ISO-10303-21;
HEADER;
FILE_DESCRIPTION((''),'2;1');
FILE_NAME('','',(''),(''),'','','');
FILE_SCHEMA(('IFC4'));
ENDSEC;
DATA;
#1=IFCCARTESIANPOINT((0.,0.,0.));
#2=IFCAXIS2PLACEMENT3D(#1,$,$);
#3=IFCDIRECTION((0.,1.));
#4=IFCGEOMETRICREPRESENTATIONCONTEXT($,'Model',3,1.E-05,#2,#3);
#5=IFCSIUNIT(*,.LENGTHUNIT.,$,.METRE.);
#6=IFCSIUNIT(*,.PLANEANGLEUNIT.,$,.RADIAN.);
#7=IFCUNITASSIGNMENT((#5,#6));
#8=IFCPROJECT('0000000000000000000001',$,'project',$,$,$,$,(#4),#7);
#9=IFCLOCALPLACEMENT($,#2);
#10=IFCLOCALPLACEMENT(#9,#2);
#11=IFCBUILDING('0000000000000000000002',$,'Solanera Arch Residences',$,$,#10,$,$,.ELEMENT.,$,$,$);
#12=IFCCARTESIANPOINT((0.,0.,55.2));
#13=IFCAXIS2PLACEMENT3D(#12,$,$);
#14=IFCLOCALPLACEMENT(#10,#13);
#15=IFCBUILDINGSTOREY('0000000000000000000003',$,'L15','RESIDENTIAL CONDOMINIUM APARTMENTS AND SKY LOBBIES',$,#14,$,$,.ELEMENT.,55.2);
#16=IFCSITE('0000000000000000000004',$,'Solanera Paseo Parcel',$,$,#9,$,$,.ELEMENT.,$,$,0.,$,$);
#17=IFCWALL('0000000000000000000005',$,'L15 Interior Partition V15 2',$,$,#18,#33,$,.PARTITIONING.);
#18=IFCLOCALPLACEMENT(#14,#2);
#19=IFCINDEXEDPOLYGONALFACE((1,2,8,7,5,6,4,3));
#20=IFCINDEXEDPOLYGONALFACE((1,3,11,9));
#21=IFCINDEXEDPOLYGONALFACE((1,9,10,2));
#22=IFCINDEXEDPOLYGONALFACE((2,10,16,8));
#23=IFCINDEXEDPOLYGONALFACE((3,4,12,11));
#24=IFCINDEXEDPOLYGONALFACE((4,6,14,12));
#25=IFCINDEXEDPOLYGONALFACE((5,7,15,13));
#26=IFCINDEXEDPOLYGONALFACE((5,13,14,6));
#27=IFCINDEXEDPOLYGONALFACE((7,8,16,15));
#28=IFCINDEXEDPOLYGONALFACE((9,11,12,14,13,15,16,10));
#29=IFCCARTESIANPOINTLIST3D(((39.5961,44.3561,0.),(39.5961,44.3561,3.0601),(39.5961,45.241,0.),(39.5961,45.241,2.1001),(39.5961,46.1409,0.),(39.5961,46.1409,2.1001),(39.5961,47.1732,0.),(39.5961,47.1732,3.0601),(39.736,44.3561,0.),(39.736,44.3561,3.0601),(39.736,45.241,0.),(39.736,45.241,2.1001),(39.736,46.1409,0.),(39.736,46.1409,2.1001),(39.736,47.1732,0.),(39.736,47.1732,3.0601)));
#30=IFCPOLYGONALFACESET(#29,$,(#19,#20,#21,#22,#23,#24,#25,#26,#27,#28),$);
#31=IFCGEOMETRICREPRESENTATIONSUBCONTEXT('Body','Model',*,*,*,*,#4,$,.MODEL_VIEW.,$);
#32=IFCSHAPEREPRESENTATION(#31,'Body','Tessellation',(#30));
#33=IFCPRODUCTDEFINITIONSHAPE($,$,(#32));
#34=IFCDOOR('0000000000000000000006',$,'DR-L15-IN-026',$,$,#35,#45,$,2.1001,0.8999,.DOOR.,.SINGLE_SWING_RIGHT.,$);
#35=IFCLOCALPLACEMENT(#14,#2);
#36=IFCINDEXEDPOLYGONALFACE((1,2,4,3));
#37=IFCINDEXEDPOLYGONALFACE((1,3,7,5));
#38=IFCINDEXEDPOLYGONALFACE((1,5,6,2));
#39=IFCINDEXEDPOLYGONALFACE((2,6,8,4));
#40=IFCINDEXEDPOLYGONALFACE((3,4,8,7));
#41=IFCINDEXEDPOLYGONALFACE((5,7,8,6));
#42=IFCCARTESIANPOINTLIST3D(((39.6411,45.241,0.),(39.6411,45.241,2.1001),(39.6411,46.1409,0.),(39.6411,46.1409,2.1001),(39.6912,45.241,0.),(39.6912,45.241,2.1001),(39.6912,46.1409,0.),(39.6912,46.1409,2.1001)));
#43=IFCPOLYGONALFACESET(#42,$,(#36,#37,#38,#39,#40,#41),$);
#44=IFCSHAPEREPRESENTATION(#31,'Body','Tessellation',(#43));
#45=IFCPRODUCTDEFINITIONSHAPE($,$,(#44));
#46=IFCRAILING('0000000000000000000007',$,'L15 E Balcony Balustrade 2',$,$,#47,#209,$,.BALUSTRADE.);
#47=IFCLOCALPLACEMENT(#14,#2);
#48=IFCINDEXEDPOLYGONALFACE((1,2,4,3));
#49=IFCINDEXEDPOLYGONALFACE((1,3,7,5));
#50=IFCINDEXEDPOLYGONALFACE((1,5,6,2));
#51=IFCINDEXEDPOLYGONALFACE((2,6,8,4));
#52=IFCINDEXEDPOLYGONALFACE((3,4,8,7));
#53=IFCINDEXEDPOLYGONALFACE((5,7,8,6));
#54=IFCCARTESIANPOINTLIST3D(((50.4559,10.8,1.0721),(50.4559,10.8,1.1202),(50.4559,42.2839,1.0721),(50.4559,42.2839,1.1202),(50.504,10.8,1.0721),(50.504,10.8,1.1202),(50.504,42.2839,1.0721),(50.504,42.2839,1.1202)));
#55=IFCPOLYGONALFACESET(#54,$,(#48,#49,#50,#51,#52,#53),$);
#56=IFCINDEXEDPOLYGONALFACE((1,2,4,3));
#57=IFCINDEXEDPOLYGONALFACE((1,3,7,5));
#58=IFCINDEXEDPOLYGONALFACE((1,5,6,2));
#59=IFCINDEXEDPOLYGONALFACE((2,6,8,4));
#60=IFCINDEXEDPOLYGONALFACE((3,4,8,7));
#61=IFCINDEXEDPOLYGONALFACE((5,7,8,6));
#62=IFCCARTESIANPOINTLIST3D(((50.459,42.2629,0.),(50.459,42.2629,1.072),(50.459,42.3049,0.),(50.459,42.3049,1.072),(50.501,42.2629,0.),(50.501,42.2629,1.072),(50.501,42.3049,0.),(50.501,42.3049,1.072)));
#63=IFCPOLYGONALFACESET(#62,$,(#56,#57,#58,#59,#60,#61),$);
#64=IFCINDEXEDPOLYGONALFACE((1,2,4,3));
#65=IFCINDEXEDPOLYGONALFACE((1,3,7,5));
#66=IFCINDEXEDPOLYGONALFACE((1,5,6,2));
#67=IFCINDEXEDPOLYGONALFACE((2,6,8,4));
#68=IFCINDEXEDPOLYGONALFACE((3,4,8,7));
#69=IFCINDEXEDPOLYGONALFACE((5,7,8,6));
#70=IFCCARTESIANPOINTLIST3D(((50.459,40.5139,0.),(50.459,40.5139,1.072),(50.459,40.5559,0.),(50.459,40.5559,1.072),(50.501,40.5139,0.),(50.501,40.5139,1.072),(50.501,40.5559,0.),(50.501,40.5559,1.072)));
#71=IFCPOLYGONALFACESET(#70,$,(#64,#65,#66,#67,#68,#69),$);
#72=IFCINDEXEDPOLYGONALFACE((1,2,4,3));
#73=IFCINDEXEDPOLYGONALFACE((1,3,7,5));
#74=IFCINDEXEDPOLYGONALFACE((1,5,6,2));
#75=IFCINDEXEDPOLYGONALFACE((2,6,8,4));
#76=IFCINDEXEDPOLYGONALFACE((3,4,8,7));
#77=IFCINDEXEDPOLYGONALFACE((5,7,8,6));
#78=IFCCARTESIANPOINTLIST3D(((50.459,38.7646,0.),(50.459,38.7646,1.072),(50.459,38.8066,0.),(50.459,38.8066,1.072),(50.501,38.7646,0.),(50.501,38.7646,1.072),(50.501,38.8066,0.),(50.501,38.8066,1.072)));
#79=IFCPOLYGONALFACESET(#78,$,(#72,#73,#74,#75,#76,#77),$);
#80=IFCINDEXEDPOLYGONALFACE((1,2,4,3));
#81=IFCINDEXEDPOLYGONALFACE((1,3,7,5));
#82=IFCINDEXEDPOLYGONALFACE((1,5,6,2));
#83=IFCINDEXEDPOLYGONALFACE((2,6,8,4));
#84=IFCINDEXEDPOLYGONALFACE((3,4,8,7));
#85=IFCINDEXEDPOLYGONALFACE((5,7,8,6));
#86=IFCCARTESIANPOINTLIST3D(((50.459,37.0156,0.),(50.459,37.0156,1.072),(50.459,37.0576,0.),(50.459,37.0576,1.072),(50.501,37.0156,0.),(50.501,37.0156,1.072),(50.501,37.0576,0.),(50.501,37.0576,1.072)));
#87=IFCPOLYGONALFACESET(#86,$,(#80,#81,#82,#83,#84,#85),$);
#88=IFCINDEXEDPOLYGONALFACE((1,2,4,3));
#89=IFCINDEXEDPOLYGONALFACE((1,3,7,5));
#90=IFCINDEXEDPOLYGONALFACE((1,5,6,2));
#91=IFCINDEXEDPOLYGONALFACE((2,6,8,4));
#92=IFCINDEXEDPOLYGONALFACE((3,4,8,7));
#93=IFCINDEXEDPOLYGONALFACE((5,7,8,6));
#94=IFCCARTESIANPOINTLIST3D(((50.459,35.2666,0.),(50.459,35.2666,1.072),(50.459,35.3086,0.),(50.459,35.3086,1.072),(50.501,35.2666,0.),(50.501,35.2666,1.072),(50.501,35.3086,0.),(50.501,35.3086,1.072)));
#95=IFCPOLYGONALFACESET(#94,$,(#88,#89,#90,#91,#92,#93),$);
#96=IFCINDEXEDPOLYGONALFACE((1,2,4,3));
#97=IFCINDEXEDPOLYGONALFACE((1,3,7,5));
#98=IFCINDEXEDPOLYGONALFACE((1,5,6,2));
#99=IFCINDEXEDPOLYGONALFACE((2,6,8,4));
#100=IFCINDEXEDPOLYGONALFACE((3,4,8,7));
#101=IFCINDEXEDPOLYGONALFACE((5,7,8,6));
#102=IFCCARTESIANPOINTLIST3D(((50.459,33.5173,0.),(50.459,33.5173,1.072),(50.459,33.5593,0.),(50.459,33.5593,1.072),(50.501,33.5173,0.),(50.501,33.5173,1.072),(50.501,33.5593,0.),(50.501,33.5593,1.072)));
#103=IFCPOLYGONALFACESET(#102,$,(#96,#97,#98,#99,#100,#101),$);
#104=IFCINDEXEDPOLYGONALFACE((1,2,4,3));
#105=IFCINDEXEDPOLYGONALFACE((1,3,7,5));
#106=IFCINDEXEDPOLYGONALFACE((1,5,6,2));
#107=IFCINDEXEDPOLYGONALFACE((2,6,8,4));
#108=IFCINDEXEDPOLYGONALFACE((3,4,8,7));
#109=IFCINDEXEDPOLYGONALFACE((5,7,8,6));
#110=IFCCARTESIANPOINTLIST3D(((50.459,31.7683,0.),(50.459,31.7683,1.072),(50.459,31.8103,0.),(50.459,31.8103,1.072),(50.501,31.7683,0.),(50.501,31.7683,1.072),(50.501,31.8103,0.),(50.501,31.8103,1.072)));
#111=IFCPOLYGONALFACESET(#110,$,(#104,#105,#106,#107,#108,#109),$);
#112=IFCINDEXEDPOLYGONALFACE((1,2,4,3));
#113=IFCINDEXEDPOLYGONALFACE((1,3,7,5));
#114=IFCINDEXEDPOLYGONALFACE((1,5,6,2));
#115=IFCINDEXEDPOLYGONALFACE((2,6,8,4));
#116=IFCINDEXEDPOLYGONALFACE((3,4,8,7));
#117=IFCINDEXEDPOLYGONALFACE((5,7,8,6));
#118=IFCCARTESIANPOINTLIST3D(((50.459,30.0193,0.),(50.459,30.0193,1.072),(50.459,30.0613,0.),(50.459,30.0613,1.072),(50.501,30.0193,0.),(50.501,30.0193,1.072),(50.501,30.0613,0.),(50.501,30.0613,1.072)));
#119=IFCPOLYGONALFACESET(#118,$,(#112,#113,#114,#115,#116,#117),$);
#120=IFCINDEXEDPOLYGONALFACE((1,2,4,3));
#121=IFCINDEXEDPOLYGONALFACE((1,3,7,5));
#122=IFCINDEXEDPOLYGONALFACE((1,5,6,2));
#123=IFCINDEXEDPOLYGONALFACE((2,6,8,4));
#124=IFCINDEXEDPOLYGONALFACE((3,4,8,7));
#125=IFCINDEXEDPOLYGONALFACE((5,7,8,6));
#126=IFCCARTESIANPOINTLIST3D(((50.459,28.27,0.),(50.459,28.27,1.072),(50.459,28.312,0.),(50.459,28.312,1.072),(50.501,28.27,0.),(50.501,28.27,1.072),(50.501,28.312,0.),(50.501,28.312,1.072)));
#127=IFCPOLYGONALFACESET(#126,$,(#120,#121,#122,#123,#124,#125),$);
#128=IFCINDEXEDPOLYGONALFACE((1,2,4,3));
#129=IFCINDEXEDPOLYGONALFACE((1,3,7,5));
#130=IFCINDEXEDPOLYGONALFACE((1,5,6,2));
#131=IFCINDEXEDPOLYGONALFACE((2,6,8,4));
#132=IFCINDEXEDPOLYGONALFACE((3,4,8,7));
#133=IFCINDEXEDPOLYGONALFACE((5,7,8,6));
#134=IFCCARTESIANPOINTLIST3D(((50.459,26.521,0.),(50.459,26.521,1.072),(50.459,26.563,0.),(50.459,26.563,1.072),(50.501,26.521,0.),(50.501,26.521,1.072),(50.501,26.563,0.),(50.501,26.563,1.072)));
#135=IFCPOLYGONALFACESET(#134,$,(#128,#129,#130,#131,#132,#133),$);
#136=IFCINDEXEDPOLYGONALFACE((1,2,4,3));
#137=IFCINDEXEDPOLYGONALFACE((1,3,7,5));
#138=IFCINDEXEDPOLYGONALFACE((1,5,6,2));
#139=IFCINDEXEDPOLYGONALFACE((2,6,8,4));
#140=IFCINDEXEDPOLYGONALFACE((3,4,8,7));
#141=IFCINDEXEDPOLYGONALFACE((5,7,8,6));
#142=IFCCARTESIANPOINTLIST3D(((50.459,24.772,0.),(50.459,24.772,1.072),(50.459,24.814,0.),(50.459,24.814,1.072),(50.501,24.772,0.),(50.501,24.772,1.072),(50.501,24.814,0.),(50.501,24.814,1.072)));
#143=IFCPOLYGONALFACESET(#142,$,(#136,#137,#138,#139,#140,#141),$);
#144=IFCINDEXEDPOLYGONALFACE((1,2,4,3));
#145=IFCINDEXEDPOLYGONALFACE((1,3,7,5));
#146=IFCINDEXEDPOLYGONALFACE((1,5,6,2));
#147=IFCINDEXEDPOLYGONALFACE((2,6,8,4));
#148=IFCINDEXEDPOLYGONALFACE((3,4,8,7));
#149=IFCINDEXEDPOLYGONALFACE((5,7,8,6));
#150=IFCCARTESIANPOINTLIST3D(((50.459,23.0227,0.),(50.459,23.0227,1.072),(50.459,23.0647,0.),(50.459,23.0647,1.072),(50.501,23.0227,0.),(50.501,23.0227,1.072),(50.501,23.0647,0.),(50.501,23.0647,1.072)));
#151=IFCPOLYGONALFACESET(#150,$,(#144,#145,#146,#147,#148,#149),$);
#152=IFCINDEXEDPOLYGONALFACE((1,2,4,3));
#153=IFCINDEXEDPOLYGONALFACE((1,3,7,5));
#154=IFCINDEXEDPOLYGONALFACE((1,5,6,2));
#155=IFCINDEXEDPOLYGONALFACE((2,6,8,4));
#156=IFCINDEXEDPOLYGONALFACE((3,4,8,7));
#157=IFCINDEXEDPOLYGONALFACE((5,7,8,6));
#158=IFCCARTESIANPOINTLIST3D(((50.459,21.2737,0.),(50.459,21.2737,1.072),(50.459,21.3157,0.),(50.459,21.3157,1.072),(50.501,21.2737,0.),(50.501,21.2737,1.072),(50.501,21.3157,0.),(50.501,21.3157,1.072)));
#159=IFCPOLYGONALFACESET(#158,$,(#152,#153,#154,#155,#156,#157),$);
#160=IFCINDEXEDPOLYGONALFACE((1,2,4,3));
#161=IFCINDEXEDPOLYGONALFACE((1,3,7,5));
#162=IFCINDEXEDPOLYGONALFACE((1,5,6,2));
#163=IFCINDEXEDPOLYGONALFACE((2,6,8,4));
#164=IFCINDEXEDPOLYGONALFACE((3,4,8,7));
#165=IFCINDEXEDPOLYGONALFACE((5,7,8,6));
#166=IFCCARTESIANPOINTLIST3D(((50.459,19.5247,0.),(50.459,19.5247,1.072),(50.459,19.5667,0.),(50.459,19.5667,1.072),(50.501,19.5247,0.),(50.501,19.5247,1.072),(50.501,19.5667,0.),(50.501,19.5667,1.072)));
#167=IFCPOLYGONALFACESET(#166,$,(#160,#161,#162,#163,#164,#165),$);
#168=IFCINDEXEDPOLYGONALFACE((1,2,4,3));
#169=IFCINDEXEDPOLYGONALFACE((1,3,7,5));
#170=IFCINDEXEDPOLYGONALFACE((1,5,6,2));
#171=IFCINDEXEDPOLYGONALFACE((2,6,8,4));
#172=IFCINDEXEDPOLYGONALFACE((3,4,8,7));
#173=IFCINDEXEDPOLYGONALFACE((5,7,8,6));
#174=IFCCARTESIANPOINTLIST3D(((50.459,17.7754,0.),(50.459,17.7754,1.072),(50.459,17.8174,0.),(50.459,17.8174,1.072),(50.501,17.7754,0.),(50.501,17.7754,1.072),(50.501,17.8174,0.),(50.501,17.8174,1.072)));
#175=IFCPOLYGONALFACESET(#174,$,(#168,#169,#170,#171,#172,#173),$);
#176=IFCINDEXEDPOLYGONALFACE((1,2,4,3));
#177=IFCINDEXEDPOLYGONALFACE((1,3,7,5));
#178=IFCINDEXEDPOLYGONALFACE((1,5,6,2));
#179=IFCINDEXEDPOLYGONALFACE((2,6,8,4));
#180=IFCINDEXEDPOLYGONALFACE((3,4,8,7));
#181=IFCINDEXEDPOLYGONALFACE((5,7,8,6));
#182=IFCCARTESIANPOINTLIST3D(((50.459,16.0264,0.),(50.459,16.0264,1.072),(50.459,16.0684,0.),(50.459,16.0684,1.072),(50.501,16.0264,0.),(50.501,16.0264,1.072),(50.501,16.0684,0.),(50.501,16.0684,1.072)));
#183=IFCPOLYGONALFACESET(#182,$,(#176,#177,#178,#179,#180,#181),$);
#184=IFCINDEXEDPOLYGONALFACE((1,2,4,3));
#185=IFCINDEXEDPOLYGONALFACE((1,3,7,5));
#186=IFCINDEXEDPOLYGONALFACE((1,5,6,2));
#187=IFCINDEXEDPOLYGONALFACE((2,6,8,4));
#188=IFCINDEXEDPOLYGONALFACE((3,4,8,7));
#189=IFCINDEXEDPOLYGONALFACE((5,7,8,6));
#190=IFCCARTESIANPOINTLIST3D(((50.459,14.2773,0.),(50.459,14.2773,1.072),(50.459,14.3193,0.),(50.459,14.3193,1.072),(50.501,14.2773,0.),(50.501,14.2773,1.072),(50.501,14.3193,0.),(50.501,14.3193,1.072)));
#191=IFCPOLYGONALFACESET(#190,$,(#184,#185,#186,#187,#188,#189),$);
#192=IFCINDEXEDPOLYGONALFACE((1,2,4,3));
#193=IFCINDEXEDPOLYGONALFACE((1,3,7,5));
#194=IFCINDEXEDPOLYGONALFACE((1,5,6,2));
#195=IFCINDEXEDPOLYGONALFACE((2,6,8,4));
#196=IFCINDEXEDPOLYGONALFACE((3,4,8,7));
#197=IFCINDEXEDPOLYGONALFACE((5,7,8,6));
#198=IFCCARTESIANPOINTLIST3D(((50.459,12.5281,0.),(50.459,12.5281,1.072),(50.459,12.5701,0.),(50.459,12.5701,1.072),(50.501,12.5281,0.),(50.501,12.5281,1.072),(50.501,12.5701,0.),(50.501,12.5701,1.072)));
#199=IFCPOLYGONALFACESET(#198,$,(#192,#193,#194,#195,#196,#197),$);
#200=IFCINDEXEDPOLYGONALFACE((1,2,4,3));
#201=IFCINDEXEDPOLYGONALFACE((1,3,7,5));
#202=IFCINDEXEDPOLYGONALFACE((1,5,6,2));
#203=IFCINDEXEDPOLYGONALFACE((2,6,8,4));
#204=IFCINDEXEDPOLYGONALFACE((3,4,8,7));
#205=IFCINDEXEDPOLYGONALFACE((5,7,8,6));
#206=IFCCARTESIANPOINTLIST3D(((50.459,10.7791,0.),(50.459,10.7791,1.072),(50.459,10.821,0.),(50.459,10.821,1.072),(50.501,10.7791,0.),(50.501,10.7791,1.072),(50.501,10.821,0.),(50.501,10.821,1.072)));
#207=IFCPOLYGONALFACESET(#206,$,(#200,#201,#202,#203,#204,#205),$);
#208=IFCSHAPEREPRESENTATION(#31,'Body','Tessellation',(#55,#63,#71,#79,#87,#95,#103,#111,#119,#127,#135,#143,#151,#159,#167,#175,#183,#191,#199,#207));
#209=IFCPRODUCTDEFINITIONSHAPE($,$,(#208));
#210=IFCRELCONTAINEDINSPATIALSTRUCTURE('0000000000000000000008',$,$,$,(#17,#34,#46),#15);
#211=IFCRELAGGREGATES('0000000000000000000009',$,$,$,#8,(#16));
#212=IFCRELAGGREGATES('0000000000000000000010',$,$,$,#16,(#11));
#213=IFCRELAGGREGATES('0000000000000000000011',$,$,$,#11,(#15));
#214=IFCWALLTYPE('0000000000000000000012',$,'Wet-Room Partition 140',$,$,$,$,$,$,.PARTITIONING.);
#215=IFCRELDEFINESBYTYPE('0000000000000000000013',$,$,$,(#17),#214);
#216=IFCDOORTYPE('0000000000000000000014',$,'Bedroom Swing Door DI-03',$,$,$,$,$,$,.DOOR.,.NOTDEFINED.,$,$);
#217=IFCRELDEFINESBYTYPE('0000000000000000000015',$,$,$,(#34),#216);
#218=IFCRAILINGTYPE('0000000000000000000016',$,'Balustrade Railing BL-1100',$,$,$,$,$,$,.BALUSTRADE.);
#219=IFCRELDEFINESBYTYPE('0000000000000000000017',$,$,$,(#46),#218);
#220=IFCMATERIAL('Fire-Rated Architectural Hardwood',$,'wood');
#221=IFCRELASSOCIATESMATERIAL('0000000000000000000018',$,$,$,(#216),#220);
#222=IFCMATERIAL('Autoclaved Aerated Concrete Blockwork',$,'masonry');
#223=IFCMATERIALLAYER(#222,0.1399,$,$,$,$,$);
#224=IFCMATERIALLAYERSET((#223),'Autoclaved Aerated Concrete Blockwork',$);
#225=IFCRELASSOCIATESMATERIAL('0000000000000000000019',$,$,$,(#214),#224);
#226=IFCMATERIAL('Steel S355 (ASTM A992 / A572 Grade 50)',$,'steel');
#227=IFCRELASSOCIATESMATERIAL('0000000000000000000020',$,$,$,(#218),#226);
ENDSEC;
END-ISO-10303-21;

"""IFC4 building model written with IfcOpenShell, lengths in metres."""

from ifc_helpers import new_model, si_unit, direction, frame, frame_2d, origin, origin_2d, place, context, subcontext, project, spatial, rectangle, extrude, material, layer, layer_set, type_object, element, fill, save


model = new_model("IFC4")

# Units and contexts
model_context = context("Model", 3, precision=1e-05, world=origin(), true_north=direction((0.0, 1.0)))
body_context = subcontext(model_context, "Body", "Model", "MODEL_VIEW")
ifc_project = project(units=[si_unit("LENGTHUNIT", "METRE"), si_unit("PLANEANGLEUNIT", "RADIAN")], contexts=[model_context])

# Site, building, storey
site_placement = place(None, origin())
site = spatial("IfcSite", under=ifc_project, at=site_placement, Name="Solanera Paseo Parcel", CompositionType="ELEMENT", RefElevation=0.0)
building_placement = place(site_placement, origin())
building = spatial("IfcBuilding", under=site, at=building_placement, Name="Solanera Arch Residences", CompositionType="ELEMENT")
storey_placement = place(building_placement, frame((0.0, 0.0, 55.2)))
storey = spatial("IfcBuildingStorey", under=building, at=storey_placement, Name="L15", Description="RESIDENTIAL CONDOMINIUM APARTMENTS AND SKY LOBBIES", CompositionType="ELEMENT", Elevation=55.2)

# Shared definitions
ifc_material_1 = material(Name="Fire-Rated Architectural Hardwood", Category="wood")
door_type_1 = type_object("IfcDoorType", Name="Bedroom Swing Door DI-03", OperationType="NOTDEFINED", PredefinedType="DOOR", material=ifc_material_1)

# Shared definitions
ifc_material_2 = material(Name="Autoclaved Aerated Concrete Blockwork", Category="masonry")
ifc_layer_1 = layer(ifc_material_2, 0.1399)
ifc_layer_set_1 = layer_set([ifc_layer_1], Name="Autoclaved Aerated Concrete Blockwork")
wall_type_1 = type_object("IfcWallType", Name="Wet-Room Partition 140", PredefinedType="PARTITIONING", material=ifc_layer_set_1)

# Wall, opening, door
wall_1_placement = place(storey_placement, frame((39.666, 44.356, 0.0), z_axis=(0.0, 0.0, 1.0), x_axis=(0.0, 1.0, 0.0)))
wall_1 = element("IfcWall", 1, at=wall_1_placement, inside=storey, type_object=wall_type_1, Name="L15 Interior Partition V15 2", PredefinedType="PARTITIONING", context=body_context, shape_type="SweptSolid", body=[
    extrude(rectangle(XDim=2.8171, YDim=0.1399, at=frame_2d((1.4087, 0.0))), origin(), (0.0, 0.0, 1.0), 3.0601),
])
opening_1_placement = place(wall_1_placement, frame((0.885, 0.0, 0.0)))
opening_1 = element("IfcOpeningElement", 2, at=opening_1_placement, cuts=wall_1, PredefinedType="OPENING", context=body_context, shape_type="SweptSolid", body=[
    extrude(rectangle(XDim=0.8999, YDim=2.1001, at=frame_2d((0.45, 1.05))), frame((0.0, 0.0798, 0.0), z_axis=(0.0, -1.0, 0.0), x_axis=(1.0, 0.0, 0.0)), (0.0, 0.0, 1.0), 0.1599),
])
door_1_placement = place(opening_1_placement, origin())
door_1 = element("IfcDoor", 3, at=door_1_placement, inside=storey, type_object=door_type_1, Name="DR-L15-IN-026", OperationType="SINGLE_SWING_RIGHT", OverallHeight=2.1001, OverallWidth=0.8999, PredefinedType="DOOR", context=body_context, shape_type="SweptSolid", body=[
    extrude(rectangle(XDim=0.8999, YDim=2.1001, at=frame_2d((0.45, 1.05))), frame((0.0, 0.0249, 0.0), z_axis=(0.0, -1.0, 0.0), x_axis=(1.0, 0.0, 0.0)), (0.0, 0.0, 1.0), 0.05),
])
fill(opening_1, door_1)

# Railing
ifc_material_3 = material(Name="Steel S355 (ASTM A992 / A572 Grade 50)", Category="steel")
railing_type = type_object("IfcRailingType", Name="Balustrade Railing BL-1100", PredefinedType="BALUSTRADE", material=ifc_material_3)
railing_1_placement = place(storey_placement, frame((50.48, 42.2839, 0.0)))
element("IfcRailing", 4, at=railing_1_placement, inside=storey, type_object=railing_type, Name="L15 E Balcony Balustrade 2", PredefinedType="BALUSTRADE", context=body_context, shape_type="SweptSolid", body=[
    extrude(rectangle(XDim=0.0481, YDim=0.0481, at=origin_2d()), frame((0.0, 0.0, 1.0962), z_axis=(0.0, -1.0, 0.0), x_axis=(1.0, 0.0, 0.0)), (0.0, 0.0, 1.0), 31.4839),
    extrude(rectangle(XDim=0.042, YDim=0.042, at=origin_2d()), origin(), (0.0, 0.0, 1.0), 1.072),
    extrude(rectangle(XDim=0.042, YDim=0.042, at=origin_2d()), frame((0.0, -1.749, 0.0)), (0.0, 0.0, 1.0), 1.072),
    extrude(rectangle(XDim=0.042, YDim=0.042, at=origin_2d()), frame((0.0, -3.4983, 0.0)), (0.0, 0.0, 1.0), 1.072),
    extrude(rectangle(XDim=0.042, YDim=0.042, at=origin_2d()), frame((0.0, -5.2473, 0.0)), (0.0, 0.0, 1.0), 1.072),
    extrude(rectangle(XDim=0.042, YDim=0.042, at=origin_2d()), frame((0.0, -6.9963, 0.0)), (0.0, 0.0, 1.0), 1.072),
    extrude(rectangle(XDim=0.042, YDim=0.042, at=origin_2d()), frame((0.0, -8.7456, 0.0)), (0.0, 0.0, 1.0), 1.072),
    extrude(rectangle(XDim=0.042, YDim=0.042, at=origin_2d()), frame((0.0, -10.4946, 0.0)), (0.0, 0.0, 1.0), 1.072),
    extrude(rectangle(XDim=0.042, YDim=0.042, at=origin_2d()), frame((0.0, -12.2437, 0.0)), (0.0, 0.0, 1.0), 1.072),
    extrude(rectangle(XDim=0.042, YDim=0.042, at=origin_2d()), frame((0.0, -13.9929, 0.0)), (0.0, 0.0, 1.0), 1.072),
    extrude(rectangle(XDim=0.042, YDim=0.042, at=origin_2d()), frame((0.0, -15.7419, 0.0)), (0.0, 0.0, 1.0), 1.072),
    extrude(rectangle(XDim=0.042, YDim=0.042, at=origin_2d()), frame((0.0, -17.491, 0.0)), (0.0, 0.0, 1.0), 1.072),
    extrude(rectangle(XDim=0.042, YDim=0.042, at=origin_2d()), frame((0.0, -19.2402, 0.0)), (0.0, 0.0, 1.0), 1.072),
    extrude(rectangle(XDim=0.042, YDim=0.042, at=origin_2d()), frame((0.0, -20.9893, 0.0)), (0.0, 0.0, 1.0), 1.072),
    extrude(rectangle(XDim=0.042, YDim=0.042, at=origin_2d()), frame((0.0, -22.7383, 0.0)), (0.0, 0.0, 1.0), 1.072),
    extrude(rectangle(XDim=0.042, YDim=0.042, at=origin_2d()), frame((0.0, -24.4875, 0.0)), (0.0, 0.0, 1.0), 1.072),
    extrude(rectangle(XDim=0.042, YDim=0.042, at=origin_2d()), frame((0.0, -26.2366, 0.0)), (0.0, 0.0, 1.0), 1.072),
    extrude(rectangle(XDim=0.042, YDim=0.042, at=origin_2d()), frame((0.0, -27.9856, 0.0)), (0.0, 0.0, 1.0), 1.072),
    extrude(rectangle(XDim=0.042, YDim=0.042, at=origin_2d()), frame((0.0, -29.7349, 0.0)), (0.0, 0.0, 1.0), 1.072),
    extrude(rectangle(XDim=0.042, YDim=0.042, at=origin_2d()), frame((0.0, -31.4839, 0.0)), (0.0, 0.0, 1.0), 1.072),
])

save(model, "model.ifc")
